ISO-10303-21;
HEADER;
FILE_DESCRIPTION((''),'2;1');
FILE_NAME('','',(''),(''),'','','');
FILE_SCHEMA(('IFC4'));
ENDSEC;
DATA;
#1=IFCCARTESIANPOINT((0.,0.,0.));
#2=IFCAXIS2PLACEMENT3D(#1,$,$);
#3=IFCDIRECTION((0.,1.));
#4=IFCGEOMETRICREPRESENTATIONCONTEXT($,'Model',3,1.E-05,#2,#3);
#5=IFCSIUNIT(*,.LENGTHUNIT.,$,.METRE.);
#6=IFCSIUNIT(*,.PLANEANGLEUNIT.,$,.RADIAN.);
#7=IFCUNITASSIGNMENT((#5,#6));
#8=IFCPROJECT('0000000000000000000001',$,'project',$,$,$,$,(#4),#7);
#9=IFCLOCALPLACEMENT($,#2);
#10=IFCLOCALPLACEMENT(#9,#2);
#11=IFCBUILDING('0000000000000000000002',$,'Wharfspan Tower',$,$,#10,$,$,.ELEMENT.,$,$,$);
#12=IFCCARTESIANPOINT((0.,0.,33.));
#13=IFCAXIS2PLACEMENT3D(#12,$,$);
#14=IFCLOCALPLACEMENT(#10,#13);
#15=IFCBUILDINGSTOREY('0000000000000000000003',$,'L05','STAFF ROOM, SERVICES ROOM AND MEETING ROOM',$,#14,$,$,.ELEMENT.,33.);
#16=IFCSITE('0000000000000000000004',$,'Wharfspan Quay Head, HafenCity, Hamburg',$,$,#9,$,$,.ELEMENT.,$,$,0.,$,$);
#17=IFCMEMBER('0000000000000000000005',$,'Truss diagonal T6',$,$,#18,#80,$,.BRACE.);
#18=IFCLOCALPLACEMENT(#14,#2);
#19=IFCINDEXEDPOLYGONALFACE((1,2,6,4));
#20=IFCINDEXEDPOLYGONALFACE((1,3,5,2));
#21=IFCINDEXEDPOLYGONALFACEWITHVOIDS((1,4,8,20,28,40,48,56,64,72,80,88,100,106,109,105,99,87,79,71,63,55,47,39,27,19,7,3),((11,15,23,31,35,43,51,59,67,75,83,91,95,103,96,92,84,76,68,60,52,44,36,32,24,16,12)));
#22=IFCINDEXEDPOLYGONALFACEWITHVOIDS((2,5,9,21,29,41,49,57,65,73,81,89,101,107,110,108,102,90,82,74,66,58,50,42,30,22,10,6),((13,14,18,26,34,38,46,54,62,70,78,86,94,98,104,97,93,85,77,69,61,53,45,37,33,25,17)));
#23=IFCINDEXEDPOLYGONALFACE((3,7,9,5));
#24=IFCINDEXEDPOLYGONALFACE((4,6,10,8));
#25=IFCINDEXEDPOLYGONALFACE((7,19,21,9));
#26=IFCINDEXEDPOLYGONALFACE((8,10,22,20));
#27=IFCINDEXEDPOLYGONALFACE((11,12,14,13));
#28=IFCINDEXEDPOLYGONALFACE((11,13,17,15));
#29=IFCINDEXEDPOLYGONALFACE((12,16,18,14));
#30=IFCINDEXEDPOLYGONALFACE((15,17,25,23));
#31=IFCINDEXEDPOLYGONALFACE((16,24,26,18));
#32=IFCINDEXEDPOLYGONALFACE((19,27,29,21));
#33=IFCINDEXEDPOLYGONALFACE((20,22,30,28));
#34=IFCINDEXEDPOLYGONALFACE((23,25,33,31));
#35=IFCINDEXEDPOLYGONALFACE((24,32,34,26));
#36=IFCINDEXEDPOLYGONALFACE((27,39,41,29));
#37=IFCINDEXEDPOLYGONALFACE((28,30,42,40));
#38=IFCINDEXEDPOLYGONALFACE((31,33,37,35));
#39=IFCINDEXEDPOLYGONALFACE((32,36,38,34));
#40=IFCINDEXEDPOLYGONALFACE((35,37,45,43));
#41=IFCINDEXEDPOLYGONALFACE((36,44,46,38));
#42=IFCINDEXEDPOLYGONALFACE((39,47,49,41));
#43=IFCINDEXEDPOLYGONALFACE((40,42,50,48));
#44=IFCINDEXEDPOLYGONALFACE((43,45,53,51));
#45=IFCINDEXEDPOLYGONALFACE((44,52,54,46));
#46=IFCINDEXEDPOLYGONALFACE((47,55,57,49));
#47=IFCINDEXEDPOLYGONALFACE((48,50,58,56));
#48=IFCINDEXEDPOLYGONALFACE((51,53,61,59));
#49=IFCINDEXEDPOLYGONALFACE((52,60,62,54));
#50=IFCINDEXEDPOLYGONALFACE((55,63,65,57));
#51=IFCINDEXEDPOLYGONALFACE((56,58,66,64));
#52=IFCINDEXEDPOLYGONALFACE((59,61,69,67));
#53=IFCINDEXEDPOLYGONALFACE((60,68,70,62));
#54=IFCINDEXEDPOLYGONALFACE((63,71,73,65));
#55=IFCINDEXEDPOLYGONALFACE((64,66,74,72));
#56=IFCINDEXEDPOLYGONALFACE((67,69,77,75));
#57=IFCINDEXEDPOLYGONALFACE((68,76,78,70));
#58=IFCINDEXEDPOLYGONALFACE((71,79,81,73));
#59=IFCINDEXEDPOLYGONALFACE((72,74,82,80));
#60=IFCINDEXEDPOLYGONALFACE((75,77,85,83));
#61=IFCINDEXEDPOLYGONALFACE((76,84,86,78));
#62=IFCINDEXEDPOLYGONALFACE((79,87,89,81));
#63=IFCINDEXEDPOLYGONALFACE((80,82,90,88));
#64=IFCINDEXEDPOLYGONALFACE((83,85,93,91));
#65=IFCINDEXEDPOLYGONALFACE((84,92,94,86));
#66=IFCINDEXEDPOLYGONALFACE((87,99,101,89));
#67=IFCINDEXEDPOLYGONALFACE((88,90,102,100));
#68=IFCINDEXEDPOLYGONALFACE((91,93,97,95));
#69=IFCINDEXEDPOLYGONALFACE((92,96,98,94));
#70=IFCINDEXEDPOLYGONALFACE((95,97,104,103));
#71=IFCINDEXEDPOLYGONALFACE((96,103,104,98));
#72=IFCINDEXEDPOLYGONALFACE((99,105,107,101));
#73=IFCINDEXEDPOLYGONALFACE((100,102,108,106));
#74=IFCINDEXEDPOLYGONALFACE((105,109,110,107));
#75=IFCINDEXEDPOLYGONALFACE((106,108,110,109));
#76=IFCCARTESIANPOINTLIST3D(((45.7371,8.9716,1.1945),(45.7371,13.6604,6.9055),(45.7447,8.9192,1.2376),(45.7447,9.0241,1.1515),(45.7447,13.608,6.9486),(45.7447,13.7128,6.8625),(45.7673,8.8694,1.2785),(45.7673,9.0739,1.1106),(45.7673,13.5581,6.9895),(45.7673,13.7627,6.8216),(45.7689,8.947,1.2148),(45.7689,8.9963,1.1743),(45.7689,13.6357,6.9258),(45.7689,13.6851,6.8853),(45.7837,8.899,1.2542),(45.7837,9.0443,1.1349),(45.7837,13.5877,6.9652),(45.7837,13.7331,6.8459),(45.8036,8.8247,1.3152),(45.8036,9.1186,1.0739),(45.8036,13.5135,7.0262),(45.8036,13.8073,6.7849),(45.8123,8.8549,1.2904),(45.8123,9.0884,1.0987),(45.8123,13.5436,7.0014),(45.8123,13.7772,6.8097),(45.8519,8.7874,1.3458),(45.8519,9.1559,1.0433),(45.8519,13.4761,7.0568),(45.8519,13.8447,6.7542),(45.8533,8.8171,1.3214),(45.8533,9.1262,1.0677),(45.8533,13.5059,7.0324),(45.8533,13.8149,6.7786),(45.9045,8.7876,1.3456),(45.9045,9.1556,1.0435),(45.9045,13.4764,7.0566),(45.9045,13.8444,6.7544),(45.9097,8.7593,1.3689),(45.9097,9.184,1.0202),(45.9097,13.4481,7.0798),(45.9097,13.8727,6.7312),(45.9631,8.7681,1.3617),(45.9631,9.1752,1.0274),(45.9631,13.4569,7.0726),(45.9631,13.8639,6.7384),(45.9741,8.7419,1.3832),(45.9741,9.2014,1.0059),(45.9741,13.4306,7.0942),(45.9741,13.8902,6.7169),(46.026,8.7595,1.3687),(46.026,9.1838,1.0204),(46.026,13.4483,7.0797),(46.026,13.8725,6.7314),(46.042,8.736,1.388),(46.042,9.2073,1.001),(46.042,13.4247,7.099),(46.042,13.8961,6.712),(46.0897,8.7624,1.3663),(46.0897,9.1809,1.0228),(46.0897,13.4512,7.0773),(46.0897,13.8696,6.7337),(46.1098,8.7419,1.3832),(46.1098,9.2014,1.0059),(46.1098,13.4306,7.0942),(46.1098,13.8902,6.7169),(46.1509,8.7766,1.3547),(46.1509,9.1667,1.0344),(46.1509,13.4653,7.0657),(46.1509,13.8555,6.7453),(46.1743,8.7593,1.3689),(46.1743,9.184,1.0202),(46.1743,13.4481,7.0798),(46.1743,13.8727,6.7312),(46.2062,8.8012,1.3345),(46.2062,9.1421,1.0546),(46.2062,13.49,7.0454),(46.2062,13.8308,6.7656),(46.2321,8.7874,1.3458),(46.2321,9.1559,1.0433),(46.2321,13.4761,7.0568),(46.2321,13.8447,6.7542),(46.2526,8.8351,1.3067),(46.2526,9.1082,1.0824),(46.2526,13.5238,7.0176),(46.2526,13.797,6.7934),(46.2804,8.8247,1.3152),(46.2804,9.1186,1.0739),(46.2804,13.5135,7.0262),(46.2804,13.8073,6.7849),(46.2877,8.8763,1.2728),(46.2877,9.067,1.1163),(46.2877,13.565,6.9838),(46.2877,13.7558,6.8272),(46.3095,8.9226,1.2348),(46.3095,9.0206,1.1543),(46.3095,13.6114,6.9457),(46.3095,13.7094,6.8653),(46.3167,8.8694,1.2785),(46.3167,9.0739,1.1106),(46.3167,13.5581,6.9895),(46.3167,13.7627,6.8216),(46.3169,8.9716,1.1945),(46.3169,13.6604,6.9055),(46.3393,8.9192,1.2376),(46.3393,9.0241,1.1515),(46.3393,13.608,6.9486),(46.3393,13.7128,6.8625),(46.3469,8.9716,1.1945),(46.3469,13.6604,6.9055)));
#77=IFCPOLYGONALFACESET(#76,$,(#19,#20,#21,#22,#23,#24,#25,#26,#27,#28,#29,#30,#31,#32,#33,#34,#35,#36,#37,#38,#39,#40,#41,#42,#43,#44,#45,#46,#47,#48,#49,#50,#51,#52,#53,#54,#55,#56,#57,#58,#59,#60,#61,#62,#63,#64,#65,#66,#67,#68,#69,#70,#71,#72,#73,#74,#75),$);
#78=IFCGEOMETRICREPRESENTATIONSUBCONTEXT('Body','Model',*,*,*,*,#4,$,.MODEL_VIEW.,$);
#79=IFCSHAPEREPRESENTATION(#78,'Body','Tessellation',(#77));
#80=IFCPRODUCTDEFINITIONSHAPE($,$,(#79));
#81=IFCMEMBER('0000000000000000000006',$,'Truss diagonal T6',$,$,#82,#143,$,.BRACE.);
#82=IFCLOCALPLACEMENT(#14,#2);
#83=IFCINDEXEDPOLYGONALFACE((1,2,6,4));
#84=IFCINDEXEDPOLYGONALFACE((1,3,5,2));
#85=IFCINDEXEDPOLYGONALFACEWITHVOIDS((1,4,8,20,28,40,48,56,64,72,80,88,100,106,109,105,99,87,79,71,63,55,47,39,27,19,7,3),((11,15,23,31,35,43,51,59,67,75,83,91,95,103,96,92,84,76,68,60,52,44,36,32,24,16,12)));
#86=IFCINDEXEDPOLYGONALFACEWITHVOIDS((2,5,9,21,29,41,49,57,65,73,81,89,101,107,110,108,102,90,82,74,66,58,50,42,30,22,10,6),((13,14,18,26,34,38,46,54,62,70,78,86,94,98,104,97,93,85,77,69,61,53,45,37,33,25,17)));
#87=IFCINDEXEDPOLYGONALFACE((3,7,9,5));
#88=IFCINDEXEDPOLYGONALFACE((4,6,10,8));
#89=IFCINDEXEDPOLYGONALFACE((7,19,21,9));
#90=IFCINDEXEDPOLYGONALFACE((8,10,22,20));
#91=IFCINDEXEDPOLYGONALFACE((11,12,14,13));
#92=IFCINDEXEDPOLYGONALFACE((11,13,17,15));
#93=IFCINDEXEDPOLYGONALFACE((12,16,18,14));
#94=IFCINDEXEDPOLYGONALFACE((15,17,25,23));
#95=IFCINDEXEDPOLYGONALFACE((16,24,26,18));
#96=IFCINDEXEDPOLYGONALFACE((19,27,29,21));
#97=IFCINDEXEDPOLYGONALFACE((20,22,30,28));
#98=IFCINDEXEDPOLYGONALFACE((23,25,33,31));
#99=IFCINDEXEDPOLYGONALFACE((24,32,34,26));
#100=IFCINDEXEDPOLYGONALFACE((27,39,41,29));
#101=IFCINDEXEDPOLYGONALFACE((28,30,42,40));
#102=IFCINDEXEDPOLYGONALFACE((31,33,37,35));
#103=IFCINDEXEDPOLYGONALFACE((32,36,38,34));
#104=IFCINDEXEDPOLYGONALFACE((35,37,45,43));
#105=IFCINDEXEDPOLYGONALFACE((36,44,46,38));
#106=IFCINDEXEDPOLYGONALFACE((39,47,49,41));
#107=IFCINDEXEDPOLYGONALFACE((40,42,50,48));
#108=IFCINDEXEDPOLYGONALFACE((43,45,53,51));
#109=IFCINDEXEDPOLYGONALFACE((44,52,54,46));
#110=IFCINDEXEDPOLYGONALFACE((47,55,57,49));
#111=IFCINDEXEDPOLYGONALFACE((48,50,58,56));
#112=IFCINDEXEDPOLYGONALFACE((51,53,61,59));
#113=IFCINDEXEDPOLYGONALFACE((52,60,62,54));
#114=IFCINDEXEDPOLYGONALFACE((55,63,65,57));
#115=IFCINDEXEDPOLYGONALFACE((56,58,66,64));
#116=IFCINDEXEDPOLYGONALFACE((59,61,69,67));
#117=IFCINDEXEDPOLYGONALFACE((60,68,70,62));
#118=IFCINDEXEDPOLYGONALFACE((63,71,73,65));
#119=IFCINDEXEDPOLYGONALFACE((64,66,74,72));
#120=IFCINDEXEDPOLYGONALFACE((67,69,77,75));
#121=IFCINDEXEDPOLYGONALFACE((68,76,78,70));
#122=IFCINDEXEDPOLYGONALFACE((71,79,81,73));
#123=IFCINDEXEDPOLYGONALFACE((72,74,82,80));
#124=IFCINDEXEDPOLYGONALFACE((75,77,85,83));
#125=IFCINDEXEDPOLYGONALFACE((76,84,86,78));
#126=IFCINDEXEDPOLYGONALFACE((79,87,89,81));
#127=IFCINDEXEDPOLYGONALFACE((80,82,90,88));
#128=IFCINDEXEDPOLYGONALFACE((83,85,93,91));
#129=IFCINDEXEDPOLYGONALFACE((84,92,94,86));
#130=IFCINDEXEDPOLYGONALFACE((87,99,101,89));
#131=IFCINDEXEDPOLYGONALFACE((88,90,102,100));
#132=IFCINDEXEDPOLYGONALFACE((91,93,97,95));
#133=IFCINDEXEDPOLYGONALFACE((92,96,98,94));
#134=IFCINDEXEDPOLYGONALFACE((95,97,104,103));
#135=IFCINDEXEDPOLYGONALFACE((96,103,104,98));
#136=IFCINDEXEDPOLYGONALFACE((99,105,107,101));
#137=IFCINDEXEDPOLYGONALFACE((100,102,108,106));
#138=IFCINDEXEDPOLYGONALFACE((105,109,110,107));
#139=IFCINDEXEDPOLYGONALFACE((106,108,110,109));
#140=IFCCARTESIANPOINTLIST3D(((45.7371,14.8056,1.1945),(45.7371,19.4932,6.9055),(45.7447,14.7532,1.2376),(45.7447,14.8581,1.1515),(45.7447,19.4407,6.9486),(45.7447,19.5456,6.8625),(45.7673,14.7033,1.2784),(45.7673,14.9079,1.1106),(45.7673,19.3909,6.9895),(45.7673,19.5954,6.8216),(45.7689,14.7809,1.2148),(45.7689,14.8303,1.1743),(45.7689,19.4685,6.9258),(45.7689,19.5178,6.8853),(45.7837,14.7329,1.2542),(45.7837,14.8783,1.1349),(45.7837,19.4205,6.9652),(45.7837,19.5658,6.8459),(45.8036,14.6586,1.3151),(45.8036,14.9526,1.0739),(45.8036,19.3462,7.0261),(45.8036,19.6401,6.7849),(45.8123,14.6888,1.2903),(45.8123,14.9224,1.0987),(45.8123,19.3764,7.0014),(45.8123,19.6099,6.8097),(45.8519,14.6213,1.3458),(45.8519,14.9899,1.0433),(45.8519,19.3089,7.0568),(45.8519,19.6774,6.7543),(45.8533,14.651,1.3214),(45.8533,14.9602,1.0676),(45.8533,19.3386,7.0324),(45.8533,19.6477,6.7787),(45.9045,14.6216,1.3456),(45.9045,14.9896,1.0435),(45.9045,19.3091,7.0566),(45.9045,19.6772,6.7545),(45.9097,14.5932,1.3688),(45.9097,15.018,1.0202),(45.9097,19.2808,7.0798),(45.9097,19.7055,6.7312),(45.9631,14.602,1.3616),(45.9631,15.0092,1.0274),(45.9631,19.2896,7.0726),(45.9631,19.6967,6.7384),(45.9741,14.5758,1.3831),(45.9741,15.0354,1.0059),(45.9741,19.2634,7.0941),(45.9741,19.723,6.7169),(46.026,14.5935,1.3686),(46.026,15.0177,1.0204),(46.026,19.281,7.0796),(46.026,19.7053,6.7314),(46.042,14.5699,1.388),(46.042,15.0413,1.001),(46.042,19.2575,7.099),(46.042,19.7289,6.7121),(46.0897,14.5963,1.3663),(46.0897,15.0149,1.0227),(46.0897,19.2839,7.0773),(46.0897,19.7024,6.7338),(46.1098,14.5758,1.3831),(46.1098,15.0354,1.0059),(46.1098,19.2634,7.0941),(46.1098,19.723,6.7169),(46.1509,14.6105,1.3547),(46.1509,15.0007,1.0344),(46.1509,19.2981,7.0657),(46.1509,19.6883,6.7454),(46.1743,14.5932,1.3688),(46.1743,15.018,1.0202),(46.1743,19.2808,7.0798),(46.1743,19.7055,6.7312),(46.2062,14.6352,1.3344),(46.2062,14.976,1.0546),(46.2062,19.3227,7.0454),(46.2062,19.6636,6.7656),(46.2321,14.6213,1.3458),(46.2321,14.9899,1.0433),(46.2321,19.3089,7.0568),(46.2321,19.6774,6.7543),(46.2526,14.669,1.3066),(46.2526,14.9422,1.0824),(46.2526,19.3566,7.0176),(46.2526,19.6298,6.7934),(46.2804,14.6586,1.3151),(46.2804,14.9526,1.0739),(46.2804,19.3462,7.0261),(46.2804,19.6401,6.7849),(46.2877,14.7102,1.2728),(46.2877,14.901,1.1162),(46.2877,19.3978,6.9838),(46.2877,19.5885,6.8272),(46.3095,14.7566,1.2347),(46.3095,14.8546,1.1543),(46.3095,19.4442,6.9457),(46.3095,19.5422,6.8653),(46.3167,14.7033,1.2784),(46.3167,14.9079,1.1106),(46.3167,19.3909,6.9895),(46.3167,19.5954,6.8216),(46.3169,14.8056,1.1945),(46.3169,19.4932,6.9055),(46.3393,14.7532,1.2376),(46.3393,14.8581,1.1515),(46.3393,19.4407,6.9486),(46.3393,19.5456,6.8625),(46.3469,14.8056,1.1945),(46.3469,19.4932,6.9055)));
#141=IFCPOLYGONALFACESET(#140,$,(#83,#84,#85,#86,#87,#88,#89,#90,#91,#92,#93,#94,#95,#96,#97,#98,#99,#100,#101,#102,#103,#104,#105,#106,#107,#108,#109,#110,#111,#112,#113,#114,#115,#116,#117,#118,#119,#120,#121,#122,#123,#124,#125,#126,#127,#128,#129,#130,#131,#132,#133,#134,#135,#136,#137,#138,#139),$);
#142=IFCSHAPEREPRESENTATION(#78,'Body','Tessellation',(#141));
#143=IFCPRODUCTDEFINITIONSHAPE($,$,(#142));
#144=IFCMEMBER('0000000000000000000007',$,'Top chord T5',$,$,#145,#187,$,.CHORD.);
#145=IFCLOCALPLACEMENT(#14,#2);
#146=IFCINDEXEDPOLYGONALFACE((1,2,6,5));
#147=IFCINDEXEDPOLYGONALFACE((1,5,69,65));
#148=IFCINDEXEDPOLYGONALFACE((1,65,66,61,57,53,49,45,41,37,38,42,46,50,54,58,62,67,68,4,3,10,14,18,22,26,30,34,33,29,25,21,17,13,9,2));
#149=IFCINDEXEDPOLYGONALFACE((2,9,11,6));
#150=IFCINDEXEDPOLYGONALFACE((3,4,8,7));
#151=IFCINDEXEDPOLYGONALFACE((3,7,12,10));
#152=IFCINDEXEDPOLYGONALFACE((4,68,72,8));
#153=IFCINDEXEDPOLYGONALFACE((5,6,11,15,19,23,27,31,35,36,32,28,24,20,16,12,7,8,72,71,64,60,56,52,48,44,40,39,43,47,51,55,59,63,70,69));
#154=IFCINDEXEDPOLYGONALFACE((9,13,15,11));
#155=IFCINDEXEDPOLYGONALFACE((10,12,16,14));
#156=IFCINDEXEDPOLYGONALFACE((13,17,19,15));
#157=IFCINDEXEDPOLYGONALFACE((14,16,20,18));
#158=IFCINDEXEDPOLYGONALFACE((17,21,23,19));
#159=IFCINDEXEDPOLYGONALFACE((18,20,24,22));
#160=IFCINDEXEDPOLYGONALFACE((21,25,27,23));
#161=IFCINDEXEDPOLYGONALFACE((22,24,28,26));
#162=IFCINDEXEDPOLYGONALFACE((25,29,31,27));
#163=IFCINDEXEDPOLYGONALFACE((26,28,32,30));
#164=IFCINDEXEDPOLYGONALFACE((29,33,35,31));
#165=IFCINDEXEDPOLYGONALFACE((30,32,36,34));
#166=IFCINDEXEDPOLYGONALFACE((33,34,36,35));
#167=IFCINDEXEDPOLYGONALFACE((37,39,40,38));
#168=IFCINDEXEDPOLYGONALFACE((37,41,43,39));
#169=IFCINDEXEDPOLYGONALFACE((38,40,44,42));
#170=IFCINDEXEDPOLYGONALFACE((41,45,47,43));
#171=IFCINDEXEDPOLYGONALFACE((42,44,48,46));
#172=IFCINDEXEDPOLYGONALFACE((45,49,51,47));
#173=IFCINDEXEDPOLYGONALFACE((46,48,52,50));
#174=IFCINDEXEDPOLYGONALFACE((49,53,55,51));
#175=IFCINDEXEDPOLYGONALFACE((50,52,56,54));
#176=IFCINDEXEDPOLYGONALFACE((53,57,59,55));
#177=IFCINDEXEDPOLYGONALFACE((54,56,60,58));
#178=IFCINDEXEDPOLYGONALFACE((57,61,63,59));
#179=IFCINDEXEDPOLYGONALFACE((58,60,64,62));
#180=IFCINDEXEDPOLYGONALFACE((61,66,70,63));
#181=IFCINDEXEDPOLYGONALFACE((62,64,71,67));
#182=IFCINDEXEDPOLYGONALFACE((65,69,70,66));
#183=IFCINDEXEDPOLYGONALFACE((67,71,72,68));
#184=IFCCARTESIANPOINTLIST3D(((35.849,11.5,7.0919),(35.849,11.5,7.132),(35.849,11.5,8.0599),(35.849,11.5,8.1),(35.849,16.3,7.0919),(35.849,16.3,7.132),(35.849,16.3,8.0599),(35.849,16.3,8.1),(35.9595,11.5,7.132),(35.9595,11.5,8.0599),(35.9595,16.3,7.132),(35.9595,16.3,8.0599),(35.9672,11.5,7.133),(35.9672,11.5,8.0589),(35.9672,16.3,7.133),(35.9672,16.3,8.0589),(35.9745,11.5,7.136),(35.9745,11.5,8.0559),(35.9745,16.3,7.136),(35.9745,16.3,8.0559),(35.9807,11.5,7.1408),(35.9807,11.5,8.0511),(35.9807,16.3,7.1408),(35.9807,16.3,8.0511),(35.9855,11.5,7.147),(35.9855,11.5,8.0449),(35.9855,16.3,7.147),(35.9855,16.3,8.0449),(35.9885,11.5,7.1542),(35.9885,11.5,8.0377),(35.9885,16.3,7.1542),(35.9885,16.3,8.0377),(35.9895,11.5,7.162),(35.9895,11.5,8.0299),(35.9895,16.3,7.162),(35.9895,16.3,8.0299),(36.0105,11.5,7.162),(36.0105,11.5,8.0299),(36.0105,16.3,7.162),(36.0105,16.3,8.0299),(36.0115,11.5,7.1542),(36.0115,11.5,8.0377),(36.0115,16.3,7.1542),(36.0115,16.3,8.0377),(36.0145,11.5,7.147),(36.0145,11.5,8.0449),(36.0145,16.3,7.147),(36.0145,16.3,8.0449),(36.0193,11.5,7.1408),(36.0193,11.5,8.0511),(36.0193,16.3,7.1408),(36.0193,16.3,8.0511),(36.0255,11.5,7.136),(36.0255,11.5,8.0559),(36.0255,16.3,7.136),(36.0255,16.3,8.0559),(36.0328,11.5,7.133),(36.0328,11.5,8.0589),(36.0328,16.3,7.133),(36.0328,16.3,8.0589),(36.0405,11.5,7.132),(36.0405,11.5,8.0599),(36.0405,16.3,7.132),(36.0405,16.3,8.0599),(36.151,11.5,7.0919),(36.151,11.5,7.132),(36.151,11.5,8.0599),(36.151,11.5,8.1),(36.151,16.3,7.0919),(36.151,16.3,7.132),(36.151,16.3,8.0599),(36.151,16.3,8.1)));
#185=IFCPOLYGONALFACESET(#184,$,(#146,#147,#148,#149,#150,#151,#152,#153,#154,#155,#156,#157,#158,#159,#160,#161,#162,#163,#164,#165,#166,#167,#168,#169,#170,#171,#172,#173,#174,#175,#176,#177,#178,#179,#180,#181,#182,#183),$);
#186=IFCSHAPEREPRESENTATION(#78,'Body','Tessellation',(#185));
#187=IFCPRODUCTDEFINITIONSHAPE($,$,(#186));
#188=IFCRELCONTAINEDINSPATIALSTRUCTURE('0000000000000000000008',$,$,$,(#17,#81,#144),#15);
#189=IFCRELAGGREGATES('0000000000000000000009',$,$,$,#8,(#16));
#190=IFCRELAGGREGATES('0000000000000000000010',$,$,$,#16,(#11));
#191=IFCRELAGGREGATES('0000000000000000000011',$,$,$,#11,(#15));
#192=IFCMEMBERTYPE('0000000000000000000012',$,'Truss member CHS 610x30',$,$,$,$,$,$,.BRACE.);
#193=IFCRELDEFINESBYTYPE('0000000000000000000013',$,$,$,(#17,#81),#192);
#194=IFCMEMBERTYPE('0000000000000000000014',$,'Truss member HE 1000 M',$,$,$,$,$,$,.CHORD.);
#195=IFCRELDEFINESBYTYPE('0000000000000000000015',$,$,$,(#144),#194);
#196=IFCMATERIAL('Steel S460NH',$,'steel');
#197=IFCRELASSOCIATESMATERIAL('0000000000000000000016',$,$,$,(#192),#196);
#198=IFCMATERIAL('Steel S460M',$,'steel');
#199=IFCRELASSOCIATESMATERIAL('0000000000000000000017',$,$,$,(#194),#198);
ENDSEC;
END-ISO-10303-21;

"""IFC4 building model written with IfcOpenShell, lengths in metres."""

from ifc_helpers import new_model, si_unit, direction, frame, origin, origin_2d, place, context, subcontext, project, spatial, hollow_circle, i_section, extrude, material, material_profile, profile_set, type_object, element, save


model = new_model("IFC4")

# Units and contexts
model_context = context("Model", 3, precision=1e-05, world=origin(), true_north=direction((0.0, 1.0)))
body_context = subcontext(model_context, "Body", "Model", "MODEL_VIEW")
ifc_project = project(units=[si_unit("LENGTHUNIT", "METRE"), si_unit("PLANEANGLEUNIT", "RADIAN")], contexts=[model_context])

# Site, building, storey
site_placement = place(None, origin())
site = spatial("IfcSite", under=ifc_project, at=site_placement, Name="Wharfspan Quay Head, HafenCity, Hamburg", CompositionType="ELEMENT", RefElevation=0.0)
building_placement = place(site_placement, origin())
building = spatial("IfcBuilding", under=site, at=building_placement, Name="Wharfspan Tower", CompositionType="ELEMENT")
storey_placement = place(building_placement, frame((0.0, 0.0, 33.0)))
storey = spatial("IfcBuildingStorey", under=building, at=storey_placement, Name="L05", Description="STAFF ROOM, SERVICES ROOM AND MEETING ROOM", CompositionType="ELEMENT", Elevation=33.0)

# Shared definitions
ifc_material_1 = material(Name="Steel S460M", Category="steel")

# Members
ifc_material_2 = material(Name="Steel S460NH", Category="steel")
ifc_material_profile_1 = material_profile(ifc_material_2, hollow_circle(Radius=0.3049, WallThickness=0.03, at=origin_2d()))
ifc_profile_set_1 = profile_set([ifc_material_profile_1], Name="Steel S460NH")
member_type_1 = type_object("IfcMemberType", Name="Truss member CHS 610x30", PredefinedType="BRACE", material=ifc_profile_set_1)
member_1_placement = place(storey_placement, frame((46.042, 13.6604, 6.9055), z_axis=(0.0, -0.634545, -0.772886), x_axis=(1.0, 0.0, 0.0)))
element("IfcMember", 1, at=member_1_placement, inside=storey, type_object=member_type_1, Name="Truss diagonal T6", PredefinedType="BRACE", context=body_context, shape_type="SweptSolid", body=[
    extrude(hollow_circle(Radius=0.3049, WallThickness=0.03, at=origin_2d()), origin(), (0.0, 0.0, 1.0), 7.3892),
])
member_2_placement = place(storey_placement, frame((46.042, 19.4932, 6.9055), z_axis=(0.0, -0.634446, -0.772967), x_axis=(1.0, 0.0, 0.0)))
element("IfcMember", 2, at=member_2_placement, inside=storey, type_object=member_type_1, Name="Truss diagonal T6", PredefinedType="BRACE", context=body_context, shape_type="SweptSolid", body=[
    extrude(hollow_circle(Radius=0.3049, WallThickness=0.03, at=origin_2d()), origin(), (0.0, 0.0, 1.0), 7.3884),
])
ifc_material_profile_2 = material_profile(ifc_material_1, i_section(OverallWidth=0.302, OverallDepth=1.0081, WebThickness=0.021, FlangeThickness=0.04, FilletRadius=0.03, at=origin_2d()))
ifc_profile_set_2 = profile_set([ifc_material_profile_2], Name="Steel S460M")
member_type_2 = type_object("IfcMemberType", Name="Truss member HE 1000 M", PredefinedType="CHORD", material=ifc_profile_set_2)
for number, where, z_axis, x_axis, name in (
    (3, (36.0, 11.5, 7.5959), (0.0, 1.0, 0.0), (-1.0, 0.0, 0.0), "Top chord T5"),
):
    element("IfcMember", number, at=place(storey_placement, frame(where, z_axis=z_axis, x_axis=x_axis)), inside=storey, type_object=member_type_2, Name=name, PredefinedType="CHORD", context=body_context, shape_type="SweptSolid", body=[
        extrude(i_section(OverallWidth=0.302, OverallDepth=1.0081, WebThickness=0.021, FlangeThickness=0.04, FilletRadius=0.03, at=origin_2d()), origin(), (0.0, 0.0, 1.0), 4.8),
    ])

save(model, "model.ifc")
